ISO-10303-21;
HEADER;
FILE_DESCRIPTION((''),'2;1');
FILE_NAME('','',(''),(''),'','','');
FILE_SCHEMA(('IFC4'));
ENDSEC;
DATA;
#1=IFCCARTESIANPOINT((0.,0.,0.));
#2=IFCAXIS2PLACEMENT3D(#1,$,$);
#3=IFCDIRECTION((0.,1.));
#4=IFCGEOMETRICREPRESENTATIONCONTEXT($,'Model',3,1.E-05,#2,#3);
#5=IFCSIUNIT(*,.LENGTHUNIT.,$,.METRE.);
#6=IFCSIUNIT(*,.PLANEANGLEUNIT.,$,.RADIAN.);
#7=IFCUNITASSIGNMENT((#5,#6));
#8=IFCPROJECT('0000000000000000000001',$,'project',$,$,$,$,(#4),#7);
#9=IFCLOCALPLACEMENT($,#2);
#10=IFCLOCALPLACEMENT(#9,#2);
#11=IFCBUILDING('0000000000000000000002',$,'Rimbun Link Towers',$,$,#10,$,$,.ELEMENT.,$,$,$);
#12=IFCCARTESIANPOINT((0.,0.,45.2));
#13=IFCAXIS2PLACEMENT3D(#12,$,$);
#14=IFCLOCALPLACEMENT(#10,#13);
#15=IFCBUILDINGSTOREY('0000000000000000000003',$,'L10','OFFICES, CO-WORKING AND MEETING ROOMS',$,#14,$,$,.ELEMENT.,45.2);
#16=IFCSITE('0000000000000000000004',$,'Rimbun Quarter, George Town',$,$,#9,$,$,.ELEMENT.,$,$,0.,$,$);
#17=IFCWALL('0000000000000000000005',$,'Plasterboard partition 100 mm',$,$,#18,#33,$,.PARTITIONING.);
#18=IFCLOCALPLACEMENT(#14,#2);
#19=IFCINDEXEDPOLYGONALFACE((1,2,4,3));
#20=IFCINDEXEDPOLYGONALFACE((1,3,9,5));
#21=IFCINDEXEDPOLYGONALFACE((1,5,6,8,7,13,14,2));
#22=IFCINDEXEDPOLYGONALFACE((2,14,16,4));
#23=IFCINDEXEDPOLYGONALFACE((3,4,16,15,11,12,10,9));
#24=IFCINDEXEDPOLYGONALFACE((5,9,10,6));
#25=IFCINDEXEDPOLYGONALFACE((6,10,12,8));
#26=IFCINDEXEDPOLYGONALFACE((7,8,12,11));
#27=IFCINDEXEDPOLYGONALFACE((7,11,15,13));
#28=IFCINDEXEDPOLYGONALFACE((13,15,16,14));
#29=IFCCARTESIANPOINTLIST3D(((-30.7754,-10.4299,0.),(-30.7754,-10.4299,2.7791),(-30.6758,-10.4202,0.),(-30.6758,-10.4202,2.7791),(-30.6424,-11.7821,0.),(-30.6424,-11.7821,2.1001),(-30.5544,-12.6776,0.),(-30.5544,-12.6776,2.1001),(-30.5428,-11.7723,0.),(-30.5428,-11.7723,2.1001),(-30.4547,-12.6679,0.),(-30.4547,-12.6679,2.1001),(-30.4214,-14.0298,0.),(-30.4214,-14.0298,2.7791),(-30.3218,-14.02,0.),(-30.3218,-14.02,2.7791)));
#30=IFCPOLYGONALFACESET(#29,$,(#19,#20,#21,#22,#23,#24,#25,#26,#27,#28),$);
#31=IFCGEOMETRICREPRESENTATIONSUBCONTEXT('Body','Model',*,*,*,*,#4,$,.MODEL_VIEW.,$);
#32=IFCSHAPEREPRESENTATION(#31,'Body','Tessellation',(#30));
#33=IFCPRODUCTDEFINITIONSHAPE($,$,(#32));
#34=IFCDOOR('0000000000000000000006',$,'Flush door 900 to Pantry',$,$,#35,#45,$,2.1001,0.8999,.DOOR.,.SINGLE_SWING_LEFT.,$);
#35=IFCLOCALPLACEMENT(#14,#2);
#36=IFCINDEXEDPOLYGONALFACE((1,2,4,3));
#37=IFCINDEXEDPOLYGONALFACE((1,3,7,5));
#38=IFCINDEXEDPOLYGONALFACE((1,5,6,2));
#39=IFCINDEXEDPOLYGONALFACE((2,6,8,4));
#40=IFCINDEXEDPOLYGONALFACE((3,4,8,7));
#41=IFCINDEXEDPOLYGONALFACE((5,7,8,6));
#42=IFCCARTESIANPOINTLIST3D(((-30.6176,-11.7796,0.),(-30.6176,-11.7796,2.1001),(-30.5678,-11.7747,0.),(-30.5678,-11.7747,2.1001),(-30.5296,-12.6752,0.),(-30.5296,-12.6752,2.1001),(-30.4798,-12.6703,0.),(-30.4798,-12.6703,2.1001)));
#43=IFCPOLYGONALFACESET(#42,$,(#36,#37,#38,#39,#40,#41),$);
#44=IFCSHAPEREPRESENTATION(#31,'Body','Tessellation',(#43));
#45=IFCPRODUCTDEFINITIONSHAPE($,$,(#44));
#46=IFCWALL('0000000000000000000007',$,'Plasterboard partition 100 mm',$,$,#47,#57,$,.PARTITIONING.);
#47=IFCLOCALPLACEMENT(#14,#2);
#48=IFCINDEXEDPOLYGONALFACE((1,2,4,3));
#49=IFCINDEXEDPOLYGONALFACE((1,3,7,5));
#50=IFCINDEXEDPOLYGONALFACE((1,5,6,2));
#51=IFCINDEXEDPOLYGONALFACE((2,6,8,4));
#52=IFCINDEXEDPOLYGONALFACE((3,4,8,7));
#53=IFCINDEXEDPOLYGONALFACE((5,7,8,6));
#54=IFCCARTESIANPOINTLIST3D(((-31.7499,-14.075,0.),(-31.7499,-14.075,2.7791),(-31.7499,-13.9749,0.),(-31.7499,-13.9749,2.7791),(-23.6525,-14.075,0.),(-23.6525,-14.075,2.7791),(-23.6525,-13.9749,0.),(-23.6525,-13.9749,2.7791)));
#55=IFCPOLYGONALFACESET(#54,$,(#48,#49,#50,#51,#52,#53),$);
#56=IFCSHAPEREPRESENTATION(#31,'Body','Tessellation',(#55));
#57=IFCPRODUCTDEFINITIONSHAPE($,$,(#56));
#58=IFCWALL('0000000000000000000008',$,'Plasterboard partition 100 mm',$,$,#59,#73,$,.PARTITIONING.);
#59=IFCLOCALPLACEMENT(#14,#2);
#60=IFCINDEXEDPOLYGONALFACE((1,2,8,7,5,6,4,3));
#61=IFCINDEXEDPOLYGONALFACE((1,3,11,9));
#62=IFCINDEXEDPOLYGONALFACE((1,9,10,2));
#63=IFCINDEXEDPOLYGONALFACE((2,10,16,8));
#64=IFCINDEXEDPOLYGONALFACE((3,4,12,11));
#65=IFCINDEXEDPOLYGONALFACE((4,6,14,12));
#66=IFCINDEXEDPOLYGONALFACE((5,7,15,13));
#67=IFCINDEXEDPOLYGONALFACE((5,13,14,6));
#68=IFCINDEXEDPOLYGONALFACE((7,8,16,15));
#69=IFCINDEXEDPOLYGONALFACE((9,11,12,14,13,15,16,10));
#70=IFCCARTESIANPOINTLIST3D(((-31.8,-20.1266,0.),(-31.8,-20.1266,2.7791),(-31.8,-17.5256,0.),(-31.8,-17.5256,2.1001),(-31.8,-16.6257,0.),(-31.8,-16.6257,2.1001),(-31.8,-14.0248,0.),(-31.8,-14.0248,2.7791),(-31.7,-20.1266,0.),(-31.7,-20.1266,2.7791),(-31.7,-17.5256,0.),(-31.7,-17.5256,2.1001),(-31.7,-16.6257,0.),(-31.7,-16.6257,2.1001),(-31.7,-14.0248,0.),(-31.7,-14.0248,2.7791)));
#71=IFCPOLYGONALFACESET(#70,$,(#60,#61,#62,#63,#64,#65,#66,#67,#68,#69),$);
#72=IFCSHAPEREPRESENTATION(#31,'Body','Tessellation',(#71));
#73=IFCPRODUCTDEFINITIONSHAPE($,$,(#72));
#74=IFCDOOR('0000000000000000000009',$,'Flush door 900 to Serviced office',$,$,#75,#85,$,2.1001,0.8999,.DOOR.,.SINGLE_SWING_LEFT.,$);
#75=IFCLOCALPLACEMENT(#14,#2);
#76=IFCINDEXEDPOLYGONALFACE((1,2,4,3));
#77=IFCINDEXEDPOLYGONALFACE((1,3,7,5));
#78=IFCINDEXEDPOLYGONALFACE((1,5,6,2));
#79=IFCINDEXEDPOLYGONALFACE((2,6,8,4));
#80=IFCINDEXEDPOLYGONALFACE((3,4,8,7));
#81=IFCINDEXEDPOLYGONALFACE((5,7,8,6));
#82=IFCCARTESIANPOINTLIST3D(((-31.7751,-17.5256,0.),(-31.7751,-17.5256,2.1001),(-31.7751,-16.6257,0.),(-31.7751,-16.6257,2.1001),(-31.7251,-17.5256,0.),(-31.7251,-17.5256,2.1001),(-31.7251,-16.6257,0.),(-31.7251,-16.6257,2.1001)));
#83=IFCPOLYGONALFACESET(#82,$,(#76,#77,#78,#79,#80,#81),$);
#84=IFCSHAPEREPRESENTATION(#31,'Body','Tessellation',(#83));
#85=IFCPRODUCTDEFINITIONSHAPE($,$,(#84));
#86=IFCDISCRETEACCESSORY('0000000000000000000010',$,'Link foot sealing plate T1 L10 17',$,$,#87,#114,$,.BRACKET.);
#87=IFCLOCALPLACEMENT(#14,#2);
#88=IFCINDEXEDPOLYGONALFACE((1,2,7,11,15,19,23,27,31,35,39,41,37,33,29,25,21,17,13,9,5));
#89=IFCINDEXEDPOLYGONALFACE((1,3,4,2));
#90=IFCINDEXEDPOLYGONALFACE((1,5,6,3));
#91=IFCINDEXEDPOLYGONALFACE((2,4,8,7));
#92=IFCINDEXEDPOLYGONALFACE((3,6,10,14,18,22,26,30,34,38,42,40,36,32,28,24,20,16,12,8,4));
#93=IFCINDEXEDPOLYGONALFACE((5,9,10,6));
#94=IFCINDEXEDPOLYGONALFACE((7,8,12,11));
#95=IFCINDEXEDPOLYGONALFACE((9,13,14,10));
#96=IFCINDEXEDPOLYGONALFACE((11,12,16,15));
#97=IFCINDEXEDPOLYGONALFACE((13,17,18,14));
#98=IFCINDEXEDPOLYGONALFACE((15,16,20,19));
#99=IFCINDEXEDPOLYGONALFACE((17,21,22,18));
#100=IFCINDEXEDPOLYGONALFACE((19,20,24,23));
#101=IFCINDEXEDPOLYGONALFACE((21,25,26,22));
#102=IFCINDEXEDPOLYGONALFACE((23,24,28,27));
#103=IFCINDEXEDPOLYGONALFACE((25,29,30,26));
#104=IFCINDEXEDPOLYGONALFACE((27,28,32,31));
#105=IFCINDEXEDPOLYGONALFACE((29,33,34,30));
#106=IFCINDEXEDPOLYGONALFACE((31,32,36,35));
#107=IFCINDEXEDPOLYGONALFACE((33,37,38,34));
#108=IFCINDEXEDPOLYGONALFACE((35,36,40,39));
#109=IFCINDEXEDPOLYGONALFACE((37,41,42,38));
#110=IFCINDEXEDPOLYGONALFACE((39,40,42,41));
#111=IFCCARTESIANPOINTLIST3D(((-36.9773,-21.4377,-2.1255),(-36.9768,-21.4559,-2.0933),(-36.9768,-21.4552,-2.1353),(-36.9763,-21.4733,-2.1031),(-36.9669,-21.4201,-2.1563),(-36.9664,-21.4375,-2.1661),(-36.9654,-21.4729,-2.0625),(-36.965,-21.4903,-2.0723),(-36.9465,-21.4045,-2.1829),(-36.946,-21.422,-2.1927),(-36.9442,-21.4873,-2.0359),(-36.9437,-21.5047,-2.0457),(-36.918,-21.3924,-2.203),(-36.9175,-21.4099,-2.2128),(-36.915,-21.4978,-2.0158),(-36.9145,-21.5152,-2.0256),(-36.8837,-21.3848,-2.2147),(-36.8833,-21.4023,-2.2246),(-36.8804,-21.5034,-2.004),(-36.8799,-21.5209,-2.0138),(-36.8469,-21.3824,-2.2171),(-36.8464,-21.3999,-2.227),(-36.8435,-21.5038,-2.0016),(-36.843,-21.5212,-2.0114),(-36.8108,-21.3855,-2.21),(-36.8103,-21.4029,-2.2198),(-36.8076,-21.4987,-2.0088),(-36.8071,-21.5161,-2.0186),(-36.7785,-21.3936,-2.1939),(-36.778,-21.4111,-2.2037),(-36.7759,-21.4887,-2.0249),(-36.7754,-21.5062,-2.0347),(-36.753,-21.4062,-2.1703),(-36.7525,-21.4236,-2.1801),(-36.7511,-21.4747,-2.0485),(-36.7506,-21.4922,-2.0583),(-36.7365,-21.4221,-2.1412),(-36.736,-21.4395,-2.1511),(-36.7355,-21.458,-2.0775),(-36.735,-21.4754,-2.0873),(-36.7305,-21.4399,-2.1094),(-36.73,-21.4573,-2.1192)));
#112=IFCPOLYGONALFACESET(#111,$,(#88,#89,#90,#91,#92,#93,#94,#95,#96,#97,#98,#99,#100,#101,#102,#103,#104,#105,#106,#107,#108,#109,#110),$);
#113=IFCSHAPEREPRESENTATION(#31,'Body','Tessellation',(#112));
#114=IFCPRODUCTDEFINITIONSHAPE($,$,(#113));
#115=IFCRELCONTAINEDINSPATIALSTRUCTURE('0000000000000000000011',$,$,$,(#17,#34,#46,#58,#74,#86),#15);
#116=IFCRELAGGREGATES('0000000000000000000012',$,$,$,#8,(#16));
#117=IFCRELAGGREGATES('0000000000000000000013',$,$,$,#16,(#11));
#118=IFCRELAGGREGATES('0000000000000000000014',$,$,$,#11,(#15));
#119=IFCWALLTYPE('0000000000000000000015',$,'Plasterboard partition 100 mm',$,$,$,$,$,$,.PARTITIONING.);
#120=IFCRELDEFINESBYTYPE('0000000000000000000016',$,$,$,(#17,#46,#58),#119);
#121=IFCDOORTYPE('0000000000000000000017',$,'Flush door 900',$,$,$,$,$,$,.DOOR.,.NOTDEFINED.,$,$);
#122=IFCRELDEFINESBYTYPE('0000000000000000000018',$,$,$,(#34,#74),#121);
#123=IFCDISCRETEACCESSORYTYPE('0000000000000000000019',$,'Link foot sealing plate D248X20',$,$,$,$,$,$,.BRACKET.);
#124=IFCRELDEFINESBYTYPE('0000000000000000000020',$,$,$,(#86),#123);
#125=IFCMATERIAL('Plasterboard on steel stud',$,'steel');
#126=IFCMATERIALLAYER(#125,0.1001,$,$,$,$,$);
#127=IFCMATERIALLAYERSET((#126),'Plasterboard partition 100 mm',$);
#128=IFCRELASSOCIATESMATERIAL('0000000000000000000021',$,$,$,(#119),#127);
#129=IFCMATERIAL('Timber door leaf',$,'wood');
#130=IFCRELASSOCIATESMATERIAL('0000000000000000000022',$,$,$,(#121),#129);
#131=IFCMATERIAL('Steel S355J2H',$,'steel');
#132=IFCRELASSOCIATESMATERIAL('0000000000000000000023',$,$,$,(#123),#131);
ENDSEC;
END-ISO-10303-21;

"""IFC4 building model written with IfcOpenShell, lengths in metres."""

from ifc_helpers import new_model, si_unit, direction, frame, frame_2d, origin, origin_2d, place, context, subcontext, project, spatial, rectangle, circle, extrude, material, layer, layer_set, material_profile, profile_set, type_object, element, fill, save


model = new_model("IFC4")

# Units and contexts
model_context = context("Model", 3, precision=1e-05, world=origin(), true_north=direction((0.0, 1.0)))
body_context = subcontext(model_context, "Body", "Model", "MODEL_VIEW")
ifc_project = project(units=[si_unit("LENGTHUNIT", "METRE"), si_unit("PLANEANGLEUNIT", "RADIAN")], contexts=[model_context])

# Site, building, storey
site_placement = place(None, origin())
site = spatial("IfcSite", under=ifc_project, at=site_placement, Name="Rimbun Quarter, George Town", CompositionType="ELEMENT", RefElevation=0.0)
building_placement = place(site_placement, origin())
building = spatial("IfcBuilding", under=site, at=building_placement, Name="Rimbun Link Towers", CompositionType="ELEMENT")
storey_placement = place(building_placement, frame((0.0, 0.0, 45.2)))
storey = spatial("IfcBuildingStorey", under=building, at=storey_placement, Name="L10", Description="OFFICES, CO-WORKING AND MEETING ROOMS", CompositionType="ELEMENT", Elevation=45.2)

# Wall, opening, door
ifc_material_1 = material(Name="Plasterboard on steel stud", Category="steel")
ifc_layer_1 = layer(ifc_material_1, 0.1001)
ifc_layer_set_1 = layer_set([ifc_layer_1], Name="Plasterboard partition 100 mm")
wall_type = type_object("IfcWallType", Name="Plasterboard partition 100 mm", PredefinedType="PARTITIONING", material=ifc_layer_set_1)
ifc_material_2 = material(Name="Timber door leaf", Category="wood")
door_type_1 = type_object("IfcDoorType", Name="Flush door 900", OperationType="NOTDEFINED", PredefinedType="DOOR", material=ifc_material_2)
wall_1_placement = place(storey_placement, frame((-30.7256, -10.425, 0.0), z_axis=(0.0, 0.0, 1.0), x_axis=(0.097866, -0.9952, 0.0)))
wall_1 = element("IfcWall", 1, at=wall_1_placement, inside=storey, type_object=wall_type, Name="Plasterboard partition 100 mm", PredefinedType="PARTITIONING", context=body_context, shape_type="SweptSolid", body=[
    extrude(rectangle(XDim=3.6172, YDim=0.1001, at=frame_2d((1.8086, 0.0))), origin(), (0.0, 0.0, 1.0), 2.7791),
])
opening_1_placement = place(wall_1_placement, frame((1.3586, 0.0, 0.0)))
opening_1 = element("IfcOpeningElement", 2, at=opening_1_placement, cuts=wall_1, PredefinedType="OPENING", context=body_context, shape_type="SweptSolid", body=[
    extrude(rectangle(XDim=0.8999, YDim=2.1001, at=frame_2d((0.45, 1.05))), frame((0.0, 0.0601, 0.0), z_axis=(0.0, -1.0, 0.0), x_axis=(1.0, 0.0, 0.0)), (0.0, 0.0, 1.0), 0.1201),
])
door_1_placement = place(opening_1_placement, origin())
door_1 = element("IfcDoor", 3, at=door_1_placement, inside=storey, type_object=door_type_1, Name="Flush door 900 to Pantry", OperationType="SINGLE_SWING_LEFT", OverallHeight=2.1001, OverallWidth=0.8999, PredefinedType="DOOR", context=body_context, shape_type="SweptSolid", body=[
    extrude(rectangle(XDim=0.8999, YDim=2.1001, at=frame_2d((0.45, 1.05))), frame((0.0, 0.0249, 0.0), z_axis=(0.0, -1.0, 0.0), x_axis=(1.0, 0.0, 0.0)), (0.0, 0.0, 1.0), 0.05),
])
fill(opening_1, door_1)

# Wall
wall_2_placement = place(storey_placement, frame((-31.75, -14.0249, 0.0), z_axis=(0.0, 0.0, 1.0), x_axis=(1.0, 0.0, 0.0)))
element("IfcWall", 4, at=wall_2_placement, inside=storey, type_object=wall_type, Name="Plasterboard partition 100 mm", PredefinedType="PARTITIONING", context=body_context, shape_type="SweptSolid", body=[
    extrude(rectangle(XDim=8.0974, YDim=0.1001, at=frame_2d((4.0488, 0.0))), origin(), (0.0, 0.0, 1.0), 2.7791),
])

# Wall, opening, door
wall_3_placement = place(storey_placement, frame((-31.75, -14.0249, 0.0), z_axis=(0.0, 0.0, 1.0), x_axis=(0.0, -1.0, 0.0)))
wall_3 = element("IfcWall", 5, at=wall_3_placement, inside=storey, type_object=wall_type, Name="Plasterboard partition 100 mm", PredefinedType="PARTITIONING", context=body_context, shape_type="SweptSolid", body=[
    extrude(rectangle(XDim=6.1018, YDim=0.1001, at=frame_2d((3.0508, 0.0))), origin(), (0.0, 0.0, 1.0), 2.7791),
])
opening_2_placement = place(wall_3_placement, frame((2.6008, 0.0, 0.0)))
opening_2 = element("IfcOpeningElement", 6, at=opening_2_placement, cuts=wall_3, PredefinedType="OPENING", context=body_context, shape_type="SweptSolid", body=[
    extrude(rectangle(XDim=0.8999, YDim=2.1001, at=frame_2d((0.45, 1.05))), frame((0.0, 0.0601, 0.0), z_axis=(0.0, -1.0, 0.0), x_axis=(1.0, 0.0, 0.0)), (0.0, 0.0, 1.0), 0.1201),
])
door_2_placement = place(opening_2_placement, origin())
door_2 = element("IfcDoor", 7, at=door_2_placement, inside=storey, type_object=door_type_1, Name="Flush door 900 to Serviced office", OperationType="SINGLE_SWING_LEFT", OverallHeight=2.1001, OverallWidth=0.8999, PredefinedType="DOOR", context=body_context, shape_type="SweptSolid", body=[
    extrude(rectangle(XDim=0.8999, YDim=2.1001, at=frame_2d((0.45, 1.05))), frame((0.0, 0.0249, 0.0), z_axis=(0.0, -1.0, 0.0), x_axis=(1.0, 0.0, 0.0)), (0.0, 0.0, 1.0), 0.05),
])
fill(opening_2, door_2)

# Discrete accessory
ifc_material_3 = material(Name="Steel S355J2H", Category="steel")
ifc_material_profile_1 = material_profile(ifc_material_3, circle(Radius=0.124, at=origin_2d()), Name="PL D248")
ifc_profile_set_1 = profile_set([ifc_material_profile_1], Name="Steel S355J2H")
discrete_accessory_type = type_object("IfcDiscreteAccessoryType", Name="Link foot sealing plate D248X20", PredefinedType="BRACKET", material=ifc_profile_set_1)
discrete_accessory_placement = place(storey_placement, frame((-36.8545, -21.4434, -2.1094), z_axis=(0.024535, -0.870985, -0.490696), x_axis=(0.999603, 0.028158, 0.0)))
element("IfcDiscreteAccessory", 8, at=discrete_accessory_placement, inside=storey, type_object=discrete_accessory_type, Name="Link foot sealing plate T1 L10 17", PredefinedType="BRACKET", context=body_context, shape_type="SweptSolid", body=[
    extrude(circle(Radius=0.124, at=origin_2d()), origin(), (0.0, 0.0, 1.0), 0.02),
])

save(model, "model.ifc")
